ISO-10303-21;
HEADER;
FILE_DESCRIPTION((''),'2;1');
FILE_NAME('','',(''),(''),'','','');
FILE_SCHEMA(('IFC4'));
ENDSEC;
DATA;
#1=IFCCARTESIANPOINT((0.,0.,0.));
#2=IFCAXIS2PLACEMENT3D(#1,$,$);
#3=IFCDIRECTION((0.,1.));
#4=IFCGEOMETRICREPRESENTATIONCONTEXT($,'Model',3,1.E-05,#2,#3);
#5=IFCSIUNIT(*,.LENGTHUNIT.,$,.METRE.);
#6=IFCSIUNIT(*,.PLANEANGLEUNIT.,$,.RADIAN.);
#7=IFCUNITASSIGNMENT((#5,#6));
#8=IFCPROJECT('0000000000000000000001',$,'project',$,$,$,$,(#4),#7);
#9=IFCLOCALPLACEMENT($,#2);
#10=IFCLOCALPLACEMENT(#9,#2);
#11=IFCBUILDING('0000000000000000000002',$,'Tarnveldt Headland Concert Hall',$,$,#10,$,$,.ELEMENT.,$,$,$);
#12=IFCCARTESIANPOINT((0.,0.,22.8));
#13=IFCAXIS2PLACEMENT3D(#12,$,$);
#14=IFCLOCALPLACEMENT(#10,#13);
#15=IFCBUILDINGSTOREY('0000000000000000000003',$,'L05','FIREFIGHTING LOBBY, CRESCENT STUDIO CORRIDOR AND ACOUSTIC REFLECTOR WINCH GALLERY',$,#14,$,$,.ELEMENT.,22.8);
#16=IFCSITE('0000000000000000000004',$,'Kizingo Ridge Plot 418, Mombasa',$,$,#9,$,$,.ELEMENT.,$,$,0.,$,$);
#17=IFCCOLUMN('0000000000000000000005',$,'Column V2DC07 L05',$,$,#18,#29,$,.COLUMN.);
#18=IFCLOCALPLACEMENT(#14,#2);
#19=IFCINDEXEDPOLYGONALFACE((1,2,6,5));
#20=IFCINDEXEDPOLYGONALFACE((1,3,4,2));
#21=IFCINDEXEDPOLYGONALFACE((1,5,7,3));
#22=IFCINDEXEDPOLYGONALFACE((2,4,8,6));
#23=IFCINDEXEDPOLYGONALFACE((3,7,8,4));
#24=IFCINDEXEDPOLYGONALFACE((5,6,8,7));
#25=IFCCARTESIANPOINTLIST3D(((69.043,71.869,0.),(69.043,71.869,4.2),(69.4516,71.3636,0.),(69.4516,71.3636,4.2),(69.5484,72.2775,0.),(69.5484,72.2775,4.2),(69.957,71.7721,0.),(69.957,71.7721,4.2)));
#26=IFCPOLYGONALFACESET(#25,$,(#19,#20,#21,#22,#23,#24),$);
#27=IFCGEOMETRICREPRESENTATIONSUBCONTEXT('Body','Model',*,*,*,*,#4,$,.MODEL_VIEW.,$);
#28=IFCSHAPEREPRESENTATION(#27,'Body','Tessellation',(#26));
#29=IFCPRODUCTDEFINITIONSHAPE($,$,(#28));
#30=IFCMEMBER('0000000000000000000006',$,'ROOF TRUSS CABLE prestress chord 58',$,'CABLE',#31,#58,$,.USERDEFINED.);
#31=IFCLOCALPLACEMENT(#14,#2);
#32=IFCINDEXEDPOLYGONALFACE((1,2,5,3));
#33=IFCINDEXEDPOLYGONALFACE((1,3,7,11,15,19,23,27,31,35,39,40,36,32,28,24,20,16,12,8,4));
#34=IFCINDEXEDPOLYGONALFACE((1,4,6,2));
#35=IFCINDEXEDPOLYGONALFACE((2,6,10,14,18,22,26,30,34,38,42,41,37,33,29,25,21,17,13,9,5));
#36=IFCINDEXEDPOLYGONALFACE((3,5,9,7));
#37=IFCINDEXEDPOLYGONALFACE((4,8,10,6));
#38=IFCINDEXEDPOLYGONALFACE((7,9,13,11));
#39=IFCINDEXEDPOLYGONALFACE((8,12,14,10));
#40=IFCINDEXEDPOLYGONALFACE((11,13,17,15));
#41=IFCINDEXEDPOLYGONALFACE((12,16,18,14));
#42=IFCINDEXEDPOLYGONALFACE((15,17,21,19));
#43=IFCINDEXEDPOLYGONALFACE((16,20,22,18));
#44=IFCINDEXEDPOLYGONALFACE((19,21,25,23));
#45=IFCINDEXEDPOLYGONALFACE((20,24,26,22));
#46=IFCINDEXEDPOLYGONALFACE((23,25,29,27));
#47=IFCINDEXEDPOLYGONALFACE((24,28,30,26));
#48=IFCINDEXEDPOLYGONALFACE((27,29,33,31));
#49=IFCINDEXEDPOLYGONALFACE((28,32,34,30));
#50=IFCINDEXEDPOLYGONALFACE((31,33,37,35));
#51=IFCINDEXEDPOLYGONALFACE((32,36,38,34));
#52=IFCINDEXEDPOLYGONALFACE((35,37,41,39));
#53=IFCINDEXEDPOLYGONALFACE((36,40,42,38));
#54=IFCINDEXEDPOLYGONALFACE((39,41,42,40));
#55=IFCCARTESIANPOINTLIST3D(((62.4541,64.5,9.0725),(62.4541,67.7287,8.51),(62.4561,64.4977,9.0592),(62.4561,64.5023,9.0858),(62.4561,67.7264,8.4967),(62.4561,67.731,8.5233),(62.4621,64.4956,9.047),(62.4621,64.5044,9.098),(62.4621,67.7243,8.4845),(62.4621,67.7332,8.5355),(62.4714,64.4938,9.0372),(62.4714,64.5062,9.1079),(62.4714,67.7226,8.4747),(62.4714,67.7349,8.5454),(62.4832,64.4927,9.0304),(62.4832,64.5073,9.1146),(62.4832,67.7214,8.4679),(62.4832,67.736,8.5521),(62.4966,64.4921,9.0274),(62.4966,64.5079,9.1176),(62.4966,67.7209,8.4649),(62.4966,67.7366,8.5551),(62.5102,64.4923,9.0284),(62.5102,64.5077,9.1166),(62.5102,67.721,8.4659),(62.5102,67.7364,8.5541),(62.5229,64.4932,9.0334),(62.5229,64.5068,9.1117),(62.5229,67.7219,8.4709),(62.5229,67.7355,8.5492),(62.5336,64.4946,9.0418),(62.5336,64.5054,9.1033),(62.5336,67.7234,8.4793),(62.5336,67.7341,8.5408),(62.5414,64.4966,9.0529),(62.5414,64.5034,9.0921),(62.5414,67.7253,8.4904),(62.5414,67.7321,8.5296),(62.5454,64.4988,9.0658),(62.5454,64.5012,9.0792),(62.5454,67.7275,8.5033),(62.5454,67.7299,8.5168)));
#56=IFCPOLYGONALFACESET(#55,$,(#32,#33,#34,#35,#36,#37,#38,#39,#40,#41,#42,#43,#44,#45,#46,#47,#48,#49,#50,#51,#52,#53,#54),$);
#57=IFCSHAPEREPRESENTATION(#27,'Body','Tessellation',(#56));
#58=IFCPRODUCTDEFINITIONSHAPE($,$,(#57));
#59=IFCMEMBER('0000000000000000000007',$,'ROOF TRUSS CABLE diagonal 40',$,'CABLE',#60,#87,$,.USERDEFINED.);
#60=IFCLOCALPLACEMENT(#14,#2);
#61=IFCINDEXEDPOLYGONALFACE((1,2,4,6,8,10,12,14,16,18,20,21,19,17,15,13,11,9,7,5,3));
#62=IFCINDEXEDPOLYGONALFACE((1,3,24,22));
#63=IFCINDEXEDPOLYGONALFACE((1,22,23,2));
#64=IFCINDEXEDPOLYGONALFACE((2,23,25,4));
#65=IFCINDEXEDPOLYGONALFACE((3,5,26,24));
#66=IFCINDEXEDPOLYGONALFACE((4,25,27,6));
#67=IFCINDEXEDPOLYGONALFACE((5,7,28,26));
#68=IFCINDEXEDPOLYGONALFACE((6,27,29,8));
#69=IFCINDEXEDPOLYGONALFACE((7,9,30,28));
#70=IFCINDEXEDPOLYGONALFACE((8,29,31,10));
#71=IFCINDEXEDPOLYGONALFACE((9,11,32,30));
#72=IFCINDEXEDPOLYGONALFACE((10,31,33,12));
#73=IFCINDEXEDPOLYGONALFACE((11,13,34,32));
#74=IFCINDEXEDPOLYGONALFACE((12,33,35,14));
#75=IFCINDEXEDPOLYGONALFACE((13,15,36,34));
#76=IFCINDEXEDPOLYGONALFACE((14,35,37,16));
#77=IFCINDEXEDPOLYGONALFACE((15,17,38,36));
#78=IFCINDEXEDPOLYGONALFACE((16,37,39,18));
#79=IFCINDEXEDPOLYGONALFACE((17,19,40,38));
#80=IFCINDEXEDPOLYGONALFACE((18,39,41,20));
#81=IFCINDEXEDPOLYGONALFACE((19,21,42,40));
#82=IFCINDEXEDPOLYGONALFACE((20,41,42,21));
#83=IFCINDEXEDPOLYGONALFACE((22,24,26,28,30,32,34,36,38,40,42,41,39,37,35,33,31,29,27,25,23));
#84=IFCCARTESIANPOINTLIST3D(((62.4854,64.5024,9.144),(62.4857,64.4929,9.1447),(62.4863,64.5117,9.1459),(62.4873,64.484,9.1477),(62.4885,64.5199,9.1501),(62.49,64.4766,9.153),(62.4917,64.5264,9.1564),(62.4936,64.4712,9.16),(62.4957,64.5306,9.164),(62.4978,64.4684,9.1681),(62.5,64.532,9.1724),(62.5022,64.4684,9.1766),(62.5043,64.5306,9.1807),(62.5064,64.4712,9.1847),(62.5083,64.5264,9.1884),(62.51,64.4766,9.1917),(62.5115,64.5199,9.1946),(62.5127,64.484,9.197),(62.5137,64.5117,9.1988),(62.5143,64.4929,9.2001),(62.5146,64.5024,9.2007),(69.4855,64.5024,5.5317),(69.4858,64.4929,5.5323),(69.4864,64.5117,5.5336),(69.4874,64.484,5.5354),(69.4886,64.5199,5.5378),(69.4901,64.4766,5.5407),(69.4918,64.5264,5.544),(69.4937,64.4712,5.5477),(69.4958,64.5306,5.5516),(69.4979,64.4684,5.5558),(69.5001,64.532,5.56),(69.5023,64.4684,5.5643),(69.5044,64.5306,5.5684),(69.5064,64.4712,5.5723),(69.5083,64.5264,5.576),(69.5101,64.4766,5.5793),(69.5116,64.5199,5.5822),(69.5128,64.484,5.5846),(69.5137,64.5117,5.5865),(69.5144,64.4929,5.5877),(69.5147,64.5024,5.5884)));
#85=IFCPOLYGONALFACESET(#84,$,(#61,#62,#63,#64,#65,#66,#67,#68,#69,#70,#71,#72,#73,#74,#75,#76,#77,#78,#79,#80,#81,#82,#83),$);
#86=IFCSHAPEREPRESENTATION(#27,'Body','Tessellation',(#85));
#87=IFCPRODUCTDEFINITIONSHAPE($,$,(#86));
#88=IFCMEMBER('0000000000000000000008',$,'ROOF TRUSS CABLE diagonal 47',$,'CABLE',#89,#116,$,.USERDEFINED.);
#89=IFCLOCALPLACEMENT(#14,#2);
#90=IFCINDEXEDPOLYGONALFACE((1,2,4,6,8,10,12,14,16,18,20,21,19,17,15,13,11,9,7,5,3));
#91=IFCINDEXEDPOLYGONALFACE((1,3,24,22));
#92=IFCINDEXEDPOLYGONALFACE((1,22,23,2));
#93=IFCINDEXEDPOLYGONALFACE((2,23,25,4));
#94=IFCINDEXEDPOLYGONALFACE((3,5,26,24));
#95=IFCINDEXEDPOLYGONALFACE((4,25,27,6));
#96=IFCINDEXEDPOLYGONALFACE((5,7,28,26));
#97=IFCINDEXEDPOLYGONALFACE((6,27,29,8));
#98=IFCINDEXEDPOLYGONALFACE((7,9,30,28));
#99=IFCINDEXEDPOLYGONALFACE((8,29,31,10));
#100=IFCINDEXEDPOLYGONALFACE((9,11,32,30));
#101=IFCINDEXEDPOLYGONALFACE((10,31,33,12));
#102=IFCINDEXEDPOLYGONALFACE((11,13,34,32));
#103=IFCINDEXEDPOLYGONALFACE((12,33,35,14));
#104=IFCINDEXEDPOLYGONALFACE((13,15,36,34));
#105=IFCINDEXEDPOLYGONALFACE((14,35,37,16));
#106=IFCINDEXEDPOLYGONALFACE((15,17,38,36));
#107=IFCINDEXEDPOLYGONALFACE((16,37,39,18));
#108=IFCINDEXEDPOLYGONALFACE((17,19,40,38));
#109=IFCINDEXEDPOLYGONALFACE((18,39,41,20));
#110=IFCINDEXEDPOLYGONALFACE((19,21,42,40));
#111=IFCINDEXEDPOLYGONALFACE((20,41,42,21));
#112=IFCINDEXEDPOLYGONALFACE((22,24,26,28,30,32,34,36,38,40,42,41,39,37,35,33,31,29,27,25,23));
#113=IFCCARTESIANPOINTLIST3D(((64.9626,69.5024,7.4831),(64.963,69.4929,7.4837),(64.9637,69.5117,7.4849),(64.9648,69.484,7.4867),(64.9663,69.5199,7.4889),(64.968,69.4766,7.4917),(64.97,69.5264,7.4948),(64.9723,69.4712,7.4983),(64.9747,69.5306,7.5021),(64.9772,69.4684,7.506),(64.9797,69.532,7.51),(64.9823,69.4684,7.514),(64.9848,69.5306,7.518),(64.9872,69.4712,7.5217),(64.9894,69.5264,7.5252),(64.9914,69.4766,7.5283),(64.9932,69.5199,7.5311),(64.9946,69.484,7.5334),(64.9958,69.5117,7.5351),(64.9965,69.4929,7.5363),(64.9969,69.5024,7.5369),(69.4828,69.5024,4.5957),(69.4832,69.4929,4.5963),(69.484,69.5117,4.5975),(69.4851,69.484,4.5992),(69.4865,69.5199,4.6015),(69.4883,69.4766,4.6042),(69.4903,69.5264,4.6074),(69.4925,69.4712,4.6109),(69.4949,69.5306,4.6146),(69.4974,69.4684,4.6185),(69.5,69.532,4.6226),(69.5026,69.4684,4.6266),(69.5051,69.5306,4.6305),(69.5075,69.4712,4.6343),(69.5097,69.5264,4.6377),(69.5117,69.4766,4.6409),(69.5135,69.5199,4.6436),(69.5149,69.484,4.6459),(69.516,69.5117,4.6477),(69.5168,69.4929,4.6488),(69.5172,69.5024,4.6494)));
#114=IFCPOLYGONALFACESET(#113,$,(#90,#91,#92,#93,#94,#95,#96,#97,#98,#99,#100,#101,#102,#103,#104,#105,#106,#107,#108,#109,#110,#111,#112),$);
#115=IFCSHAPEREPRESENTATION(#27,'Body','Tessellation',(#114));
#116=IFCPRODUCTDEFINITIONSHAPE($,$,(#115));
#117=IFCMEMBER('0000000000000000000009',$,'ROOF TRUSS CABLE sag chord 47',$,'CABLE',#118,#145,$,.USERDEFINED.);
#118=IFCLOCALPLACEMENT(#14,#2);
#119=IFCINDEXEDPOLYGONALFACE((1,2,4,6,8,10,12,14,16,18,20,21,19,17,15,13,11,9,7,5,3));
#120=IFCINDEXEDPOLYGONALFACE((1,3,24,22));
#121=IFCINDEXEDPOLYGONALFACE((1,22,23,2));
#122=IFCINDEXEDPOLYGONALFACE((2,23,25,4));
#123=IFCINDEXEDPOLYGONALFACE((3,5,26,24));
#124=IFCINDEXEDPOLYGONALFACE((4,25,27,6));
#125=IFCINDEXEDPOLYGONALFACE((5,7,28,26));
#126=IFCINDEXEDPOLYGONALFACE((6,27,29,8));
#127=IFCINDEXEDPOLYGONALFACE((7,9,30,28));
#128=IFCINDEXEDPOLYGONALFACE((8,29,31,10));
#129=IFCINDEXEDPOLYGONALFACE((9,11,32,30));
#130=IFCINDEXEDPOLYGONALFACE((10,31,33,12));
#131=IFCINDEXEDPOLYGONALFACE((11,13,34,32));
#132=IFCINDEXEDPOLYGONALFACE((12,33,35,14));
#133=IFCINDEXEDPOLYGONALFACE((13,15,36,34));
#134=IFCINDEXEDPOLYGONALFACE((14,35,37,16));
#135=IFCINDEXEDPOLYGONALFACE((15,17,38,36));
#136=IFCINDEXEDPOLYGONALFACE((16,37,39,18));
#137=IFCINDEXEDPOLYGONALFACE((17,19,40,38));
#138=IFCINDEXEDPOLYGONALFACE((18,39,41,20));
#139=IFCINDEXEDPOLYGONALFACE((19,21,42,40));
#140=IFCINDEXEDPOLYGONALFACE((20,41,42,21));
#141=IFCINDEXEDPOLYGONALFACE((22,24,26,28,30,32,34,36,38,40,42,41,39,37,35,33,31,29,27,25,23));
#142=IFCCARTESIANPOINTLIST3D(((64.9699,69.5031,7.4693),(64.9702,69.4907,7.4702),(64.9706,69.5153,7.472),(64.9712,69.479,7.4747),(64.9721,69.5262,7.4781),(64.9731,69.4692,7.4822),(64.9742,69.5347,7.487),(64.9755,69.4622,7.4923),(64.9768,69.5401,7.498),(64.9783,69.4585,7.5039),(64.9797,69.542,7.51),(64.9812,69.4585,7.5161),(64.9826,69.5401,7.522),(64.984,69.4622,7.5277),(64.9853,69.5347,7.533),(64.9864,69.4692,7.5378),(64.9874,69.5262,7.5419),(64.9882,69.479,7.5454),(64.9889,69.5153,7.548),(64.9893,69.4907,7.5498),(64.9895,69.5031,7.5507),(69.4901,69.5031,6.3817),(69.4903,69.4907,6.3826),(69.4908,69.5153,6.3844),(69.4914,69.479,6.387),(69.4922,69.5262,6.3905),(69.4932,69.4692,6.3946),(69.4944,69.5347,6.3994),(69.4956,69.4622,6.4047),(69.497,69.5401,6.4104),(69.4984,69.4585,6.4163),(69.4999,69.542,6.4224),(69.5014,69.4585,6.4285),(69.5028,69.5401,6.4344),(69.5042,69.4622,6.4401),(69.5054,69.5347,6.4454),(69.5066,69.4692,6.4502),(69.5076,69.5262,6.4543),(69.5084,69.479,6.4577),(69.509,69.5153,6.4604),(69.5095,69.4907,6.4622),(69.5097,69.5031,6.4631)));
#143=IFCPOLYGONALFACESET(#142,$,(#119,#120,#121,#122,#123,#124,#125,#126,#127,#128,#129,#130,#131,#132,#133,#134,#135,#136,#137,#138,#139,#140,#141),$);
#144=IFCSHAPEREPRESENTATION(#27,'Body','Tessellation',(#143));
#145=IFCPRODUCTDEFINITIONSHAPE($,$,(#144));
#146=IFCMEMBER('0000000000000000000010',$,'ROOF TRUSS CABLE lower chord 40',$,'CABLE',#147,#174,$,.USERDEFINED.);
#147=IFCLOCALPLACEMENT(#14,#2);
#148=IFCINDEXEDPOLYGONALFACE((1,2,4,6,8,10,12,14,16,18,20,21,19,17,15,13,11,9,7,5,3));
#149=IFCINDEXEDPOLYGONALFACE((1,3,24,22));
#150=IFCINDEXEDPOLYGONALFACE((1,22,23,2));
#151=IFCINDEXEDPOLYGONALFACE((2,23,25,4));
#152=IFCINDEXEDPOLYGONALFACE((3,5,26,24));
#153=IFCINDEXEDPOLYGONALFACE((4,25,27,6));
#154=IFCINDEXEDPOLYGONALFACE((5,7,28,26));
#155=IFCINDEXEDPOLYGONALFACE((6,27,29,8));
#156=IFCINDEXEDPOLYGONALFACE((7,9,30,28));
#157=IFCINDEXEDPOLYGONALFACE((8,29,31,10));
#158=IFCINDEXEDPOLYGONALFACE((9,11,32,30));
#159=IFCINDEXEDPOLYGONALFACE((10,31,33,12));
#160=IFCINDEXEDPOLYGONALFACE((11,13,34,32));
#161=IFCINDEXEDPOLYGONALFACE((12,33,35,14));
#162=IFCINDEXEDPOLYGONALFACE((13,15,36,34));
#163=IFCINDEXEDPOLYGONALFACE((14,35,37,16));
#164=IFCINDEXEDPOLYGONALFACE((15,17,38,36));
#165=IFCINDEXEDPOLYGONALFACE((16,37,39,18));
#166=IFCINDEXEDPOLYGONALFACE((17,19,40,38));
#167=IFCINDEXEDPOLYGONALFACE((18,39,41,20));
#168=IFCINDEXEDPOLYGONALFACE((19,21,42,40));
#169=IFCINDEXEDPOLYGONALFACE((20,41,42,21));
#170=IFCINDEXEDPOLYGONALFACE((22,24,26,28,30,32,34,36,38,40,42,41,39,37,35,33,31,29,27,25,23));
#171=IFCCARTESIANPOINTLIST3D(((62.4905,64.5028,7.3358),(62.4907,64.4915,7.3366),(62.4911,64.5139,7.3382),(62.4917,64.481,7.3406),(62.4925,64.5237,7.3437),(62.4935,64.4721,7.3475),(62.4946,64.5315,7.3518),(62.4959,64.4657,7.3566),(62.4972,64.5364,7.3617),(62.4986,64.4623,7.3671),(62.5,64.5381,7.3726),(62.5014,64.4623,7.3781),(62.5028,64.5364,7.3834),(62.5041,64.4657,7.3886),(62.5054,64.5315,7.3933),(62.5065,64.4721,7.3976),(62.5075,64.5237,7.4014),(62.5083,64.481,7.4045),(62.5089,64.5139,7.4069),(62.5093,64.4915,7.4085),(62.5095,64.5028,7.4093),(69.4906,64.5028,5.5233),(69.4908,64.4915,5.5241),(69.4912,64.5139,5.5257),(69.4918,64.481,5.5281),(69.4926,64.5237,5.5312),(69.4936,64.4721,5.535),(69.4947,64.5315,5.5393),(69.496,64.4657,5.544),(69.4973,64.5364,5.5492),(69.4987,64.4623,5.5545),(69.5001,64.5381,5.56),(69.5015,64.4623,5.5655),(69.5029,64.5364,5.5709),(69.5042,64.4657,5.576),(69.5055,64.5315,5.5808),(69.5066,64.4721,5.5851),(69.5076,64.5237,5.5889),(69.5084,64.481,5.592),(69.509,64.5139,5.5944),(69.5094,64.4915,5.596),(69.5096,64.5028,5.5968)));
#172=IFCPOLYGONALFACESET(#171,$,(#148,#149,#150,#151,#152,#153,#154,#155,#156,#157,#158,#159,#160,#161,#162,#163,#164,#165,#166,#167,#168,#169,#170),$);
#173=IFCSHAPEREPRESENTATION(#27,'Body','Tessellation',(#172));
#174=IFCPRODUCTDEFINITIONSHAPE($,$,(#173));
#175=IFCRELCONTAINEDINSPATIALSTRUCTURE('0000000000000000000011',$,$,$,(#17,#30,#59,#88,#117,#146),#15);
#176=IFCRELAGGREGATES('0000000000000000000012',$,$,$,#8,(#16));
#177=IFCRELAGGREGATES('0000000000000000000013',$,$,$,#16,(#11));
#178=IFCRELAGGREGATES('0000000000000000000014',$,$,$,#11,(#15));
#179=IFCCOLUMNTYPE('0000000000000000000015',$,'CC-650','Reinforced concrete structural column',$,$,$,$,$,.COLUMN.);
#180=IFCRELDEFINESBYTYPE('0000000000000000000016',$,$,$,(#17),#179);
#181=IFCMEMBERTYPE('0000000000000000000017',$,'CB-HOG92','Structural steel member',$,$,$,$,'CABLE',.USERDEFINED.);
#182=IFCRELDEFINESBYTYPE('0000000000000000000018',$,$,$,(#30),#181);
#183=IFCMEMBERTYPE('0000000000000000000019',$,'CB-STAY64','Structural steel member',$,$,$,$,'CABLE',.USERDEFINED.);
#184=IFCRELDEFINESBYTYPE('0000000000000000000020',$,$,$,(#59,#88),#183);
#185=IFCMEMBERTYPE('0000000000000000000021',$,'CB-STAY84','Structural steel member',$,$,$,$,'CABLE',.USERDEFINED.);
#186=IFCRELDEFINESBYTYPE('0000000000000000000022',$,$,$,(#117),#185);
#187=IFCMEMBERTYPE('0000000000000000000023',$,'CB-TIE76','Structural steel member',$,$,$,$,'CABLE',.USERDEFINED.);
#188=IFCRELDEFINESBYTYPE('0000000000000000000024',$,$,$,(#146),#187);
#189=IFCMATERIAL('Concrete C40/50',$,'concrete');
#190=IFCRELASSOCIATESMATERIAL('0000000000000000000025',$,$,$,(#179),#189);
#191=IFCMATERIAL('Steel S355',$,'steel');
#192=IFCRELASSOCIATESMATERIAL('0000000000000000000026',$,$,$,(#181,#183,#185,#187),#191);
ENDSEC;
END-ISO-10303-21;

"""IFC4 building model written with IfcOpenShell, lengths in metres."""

from ifc_helpers import new_model, si_unit, direction, frame, origin, origin_2d, place, context, subcontext, project, spatial, rectangle, circle, extrude, material, material_profile, profile_set, type_object, element, save


model = new_model("IFC4")

# Units and contexts
model_context = context("Model", 3, precision=1e-05, world=origin(), true_north=direction((0.0, 1.0)))
body_context = subcontext(model_context, "Body", "Model", "MODEL_VIEW")
ifc_project = project(units=[si_unit("LENGTHUNIT", "METRE"), si_unit("PLANEANGLEUNIT", "RADIAN")], contexts=[model_context])

# Site, building, storey
site_placement = place(None, origin())
site = spatial("IfcSite", under=ifc_project, at=site_placement, Name="Kizingo Ridge Plot 418, Mombasa", CompositionType="ELEMENT", RefElevation=0.0)
building_placement = place(site_placement, origin())
building = spatial("IfcBuilding", under=site, at=building_placement, Name="Tarnveldt Headland Concert Hall", CompositionType="ELEMENT")
storey_placement = place(building_placement, frame((0.0, 0.0, 22.8)))
storey = spatial("IfcBuildingStorey", under=building, at=storey_placement, Name="L05", Description="FIREFIGHTING LOBBY, CRESCENT STUDIO CORRIDOR AND ACOUSTIC REFLECTOR WINCH GALLERY", CompositionType="ELEMENT", Elevation=22.8)

# Column
ifc_material_1 = material(Name="Concrete C40/50", Category="concrete")
ifc_material_profile_1 = material_profile(ifc_material_1, rectangle(XDim=0.6499, YDim=0.6499, at=origin_2d()), Name="RC 650x650", Category="concrete")
ifc_profile_set_1 = profile_set([ifc_material_profile_1], Name="Concrete C40/50")
column_type = type_object("IfcColumnType", Name="CC-650", Description="Reinforced concrete structural column", PredefinedType="COLUMN", material=ifc_profile_set_1)
column_placement = place(storey_placement, frame((69.5, 71.8206, 0.0), z_axis=(0.0, 0.0, 1.0), x_axis=(-0.628642, 0.777695, 0.0)))
element("IfcColumn", 1, at=column_placement, inside=storey, type_object=column_type, Name="Column V2DC07 L05", PredefinedType="COLUMN", context=body_context, shape_type="SweptSolid", body=[
    extrude(rectangle(XDim=0.6499, YDim=0.6499, at=origin_2d()), origin(), (0.0, 0.0, 1.0), 4.2),
])

# Members
ifc_material_2 = material(Name="Steel S355", Category="steel")
ifc_material_profile_2 = material_profile(ifc_material_2, circle(Radius=0.0459, at=origin_2d()), Name="LC D92", Category="steel")
ifc_profile_set_2 = profile_set([ifc_material_profile_2], Name="Steel S355")
member_type_1 = type_object("IfcMemberType", Name="CB-HOG92", Description="Structural steel member", ElementType="CABLE", PredefinedType="USERDEFINED", material=ifc_profile_set_2)
member_1_placement = place(storey_placement, frame((62.5, 64.5, 9.0725), z_axis=(0.0, 0.985161, -0.17163), x_axis=(-1.0, 0.0, 0.0)))
element("IfcMember", 2, at=member_1_placement, inside=storey, type_object=member_type_1, Name="ROOF TRUSS CABLE prestress chord 58", ObjectType="CABLE", PredefinedType="USERDEFINED", context=body_context, shape_type="SweptSolid", body=[
    extrude(circle(Radius=0.0459, at=origin_2d()), origin(), (0.0, 0.0, 1.0), 3.2773),
])
ifc_material_profile_3 = material_profile(ifc_material_2, circle(Radius=0.032, at=origin_2d()), Name="LC D64", Category="steel")
ifc_profile_set_3 = profile_set([ifc_material_profile_3], Name="Steel S355")
member_type_2 = type_object("IfcMemberType", Name="CB-STAY64", Description="Structural steel member", ElementType="CABLE", PredefinedType="USERDEFINED", material=ifc_profile_set_3)
member_2_placement = place(storey_placement, frame((62.5, 64.5, 9.1724), z_axis=(0.888652, 0.0, -0.458583), x_axis=(0.0, 1.0, 0.0)))
element("IfcMember", 3, at=member_2_placement, inside=storey, type_object=member_type_2, Name="ROOF TRUSS CABLE diagonal 40", ObjectType="CABLE", PredefinedType="USERDEFINED", context=body_context, shape_type="SweptSolid", body=[
    extrude(circle(Radius=0.032, at=origin_2d()), origin(), (0.0, 0.0, 1.0), 7.8772),
])
member_3_placement = place(storey_placement, frame((64.9797, 69.5, 7.51), z_axis=(0.842738, 0.0, -0.538324), x_axis=(0.0, 1.0, 0.0)))
element("IfcMember", 4, at=member_3_placement, inside=storey, type_object=member_type_2, Name="ROOF TRUSS CABLE diagonal 47", ObjectType="CABLE", PredefinedType="USERDEFINED", context=body_context, shape_type="SweptSolid", body=[
    extrude(circle(Radius=0.032, at=origin_2d()), origin(), (0.0, 0.0, 1.0), 5.3638),
])
ifc_material_profile_4 = material_profile(ifc_material_2, circle(Radius=0.042, at=origin_2d()), Name="LC D84", Category="steel")
ifc_profile_set_4 = profile_set([ifc_material_profile_4], Name="Steel S355")
member_type_3 = type_object("IfcMemberType", Name="CB-STAY84", Description="Structural steel member", ElementType="CABLE", PredefinedType="USERDEFINED", material=ifc_profile_set_4)
member_4_placement = place(storey_placement, frame((64.9797, 69.5, 7.51), z_axis=(0.972251, 0.0, -0.233939), x_axis=(0.0, 1.0, 0.0)))
element("IfcMember", 5, at=member_4_placement, inside=storey, type_object=member_type_3, Name="ROOF TRUSS CABLE sag chord 47", ObjectType="CABLE", PredefinedType="USERDEFINED", context=body_context, shape_type="SweptSolid", body=[
    extrude(circle(Radius=0.042, at=origin_2d()), origin(), (0.0, 0.0, 1.0), 4.6492),
])
ifc_material_profile_5 = material_profile(ifc_material_2, circle(Radius=0.0381, at=origin_2d()), Name="LC D76", Category="steel")
ifc_profile_set_5 = profile_set([ifc_material_profile_5], Name="Steel S355")
member_type_4 = type_object("IfcMemberType", Name="CB-TIE76", Description="Structural steel member", ElementType="CABLE", PredefinedType="USERDEFINED", material=ifc_profile_set_5)
member_5_placement = place(storey_placement, frame((62.5, 64.5, 7.3726), z_axis=(0.968075, 0.0, -0.250662), x_axis=(0.0, 1.0, 0.0)))
element("IfcMember", 6, at=member_5_placement, inside=storey, type_object=member_type_4, Name="ROOF TRUSS CABLE lower chord 40", ObjectType="CABLE", PredefinedType="USERDEFINED", context=body_context, shape_type="SweptSolid", body=[
    extrude(circle(Radius=0.0381, at=origin_2d()), origin(), (0.0, 0.0, 1.0), 7.231),
])

save(model, "model.ifc")
